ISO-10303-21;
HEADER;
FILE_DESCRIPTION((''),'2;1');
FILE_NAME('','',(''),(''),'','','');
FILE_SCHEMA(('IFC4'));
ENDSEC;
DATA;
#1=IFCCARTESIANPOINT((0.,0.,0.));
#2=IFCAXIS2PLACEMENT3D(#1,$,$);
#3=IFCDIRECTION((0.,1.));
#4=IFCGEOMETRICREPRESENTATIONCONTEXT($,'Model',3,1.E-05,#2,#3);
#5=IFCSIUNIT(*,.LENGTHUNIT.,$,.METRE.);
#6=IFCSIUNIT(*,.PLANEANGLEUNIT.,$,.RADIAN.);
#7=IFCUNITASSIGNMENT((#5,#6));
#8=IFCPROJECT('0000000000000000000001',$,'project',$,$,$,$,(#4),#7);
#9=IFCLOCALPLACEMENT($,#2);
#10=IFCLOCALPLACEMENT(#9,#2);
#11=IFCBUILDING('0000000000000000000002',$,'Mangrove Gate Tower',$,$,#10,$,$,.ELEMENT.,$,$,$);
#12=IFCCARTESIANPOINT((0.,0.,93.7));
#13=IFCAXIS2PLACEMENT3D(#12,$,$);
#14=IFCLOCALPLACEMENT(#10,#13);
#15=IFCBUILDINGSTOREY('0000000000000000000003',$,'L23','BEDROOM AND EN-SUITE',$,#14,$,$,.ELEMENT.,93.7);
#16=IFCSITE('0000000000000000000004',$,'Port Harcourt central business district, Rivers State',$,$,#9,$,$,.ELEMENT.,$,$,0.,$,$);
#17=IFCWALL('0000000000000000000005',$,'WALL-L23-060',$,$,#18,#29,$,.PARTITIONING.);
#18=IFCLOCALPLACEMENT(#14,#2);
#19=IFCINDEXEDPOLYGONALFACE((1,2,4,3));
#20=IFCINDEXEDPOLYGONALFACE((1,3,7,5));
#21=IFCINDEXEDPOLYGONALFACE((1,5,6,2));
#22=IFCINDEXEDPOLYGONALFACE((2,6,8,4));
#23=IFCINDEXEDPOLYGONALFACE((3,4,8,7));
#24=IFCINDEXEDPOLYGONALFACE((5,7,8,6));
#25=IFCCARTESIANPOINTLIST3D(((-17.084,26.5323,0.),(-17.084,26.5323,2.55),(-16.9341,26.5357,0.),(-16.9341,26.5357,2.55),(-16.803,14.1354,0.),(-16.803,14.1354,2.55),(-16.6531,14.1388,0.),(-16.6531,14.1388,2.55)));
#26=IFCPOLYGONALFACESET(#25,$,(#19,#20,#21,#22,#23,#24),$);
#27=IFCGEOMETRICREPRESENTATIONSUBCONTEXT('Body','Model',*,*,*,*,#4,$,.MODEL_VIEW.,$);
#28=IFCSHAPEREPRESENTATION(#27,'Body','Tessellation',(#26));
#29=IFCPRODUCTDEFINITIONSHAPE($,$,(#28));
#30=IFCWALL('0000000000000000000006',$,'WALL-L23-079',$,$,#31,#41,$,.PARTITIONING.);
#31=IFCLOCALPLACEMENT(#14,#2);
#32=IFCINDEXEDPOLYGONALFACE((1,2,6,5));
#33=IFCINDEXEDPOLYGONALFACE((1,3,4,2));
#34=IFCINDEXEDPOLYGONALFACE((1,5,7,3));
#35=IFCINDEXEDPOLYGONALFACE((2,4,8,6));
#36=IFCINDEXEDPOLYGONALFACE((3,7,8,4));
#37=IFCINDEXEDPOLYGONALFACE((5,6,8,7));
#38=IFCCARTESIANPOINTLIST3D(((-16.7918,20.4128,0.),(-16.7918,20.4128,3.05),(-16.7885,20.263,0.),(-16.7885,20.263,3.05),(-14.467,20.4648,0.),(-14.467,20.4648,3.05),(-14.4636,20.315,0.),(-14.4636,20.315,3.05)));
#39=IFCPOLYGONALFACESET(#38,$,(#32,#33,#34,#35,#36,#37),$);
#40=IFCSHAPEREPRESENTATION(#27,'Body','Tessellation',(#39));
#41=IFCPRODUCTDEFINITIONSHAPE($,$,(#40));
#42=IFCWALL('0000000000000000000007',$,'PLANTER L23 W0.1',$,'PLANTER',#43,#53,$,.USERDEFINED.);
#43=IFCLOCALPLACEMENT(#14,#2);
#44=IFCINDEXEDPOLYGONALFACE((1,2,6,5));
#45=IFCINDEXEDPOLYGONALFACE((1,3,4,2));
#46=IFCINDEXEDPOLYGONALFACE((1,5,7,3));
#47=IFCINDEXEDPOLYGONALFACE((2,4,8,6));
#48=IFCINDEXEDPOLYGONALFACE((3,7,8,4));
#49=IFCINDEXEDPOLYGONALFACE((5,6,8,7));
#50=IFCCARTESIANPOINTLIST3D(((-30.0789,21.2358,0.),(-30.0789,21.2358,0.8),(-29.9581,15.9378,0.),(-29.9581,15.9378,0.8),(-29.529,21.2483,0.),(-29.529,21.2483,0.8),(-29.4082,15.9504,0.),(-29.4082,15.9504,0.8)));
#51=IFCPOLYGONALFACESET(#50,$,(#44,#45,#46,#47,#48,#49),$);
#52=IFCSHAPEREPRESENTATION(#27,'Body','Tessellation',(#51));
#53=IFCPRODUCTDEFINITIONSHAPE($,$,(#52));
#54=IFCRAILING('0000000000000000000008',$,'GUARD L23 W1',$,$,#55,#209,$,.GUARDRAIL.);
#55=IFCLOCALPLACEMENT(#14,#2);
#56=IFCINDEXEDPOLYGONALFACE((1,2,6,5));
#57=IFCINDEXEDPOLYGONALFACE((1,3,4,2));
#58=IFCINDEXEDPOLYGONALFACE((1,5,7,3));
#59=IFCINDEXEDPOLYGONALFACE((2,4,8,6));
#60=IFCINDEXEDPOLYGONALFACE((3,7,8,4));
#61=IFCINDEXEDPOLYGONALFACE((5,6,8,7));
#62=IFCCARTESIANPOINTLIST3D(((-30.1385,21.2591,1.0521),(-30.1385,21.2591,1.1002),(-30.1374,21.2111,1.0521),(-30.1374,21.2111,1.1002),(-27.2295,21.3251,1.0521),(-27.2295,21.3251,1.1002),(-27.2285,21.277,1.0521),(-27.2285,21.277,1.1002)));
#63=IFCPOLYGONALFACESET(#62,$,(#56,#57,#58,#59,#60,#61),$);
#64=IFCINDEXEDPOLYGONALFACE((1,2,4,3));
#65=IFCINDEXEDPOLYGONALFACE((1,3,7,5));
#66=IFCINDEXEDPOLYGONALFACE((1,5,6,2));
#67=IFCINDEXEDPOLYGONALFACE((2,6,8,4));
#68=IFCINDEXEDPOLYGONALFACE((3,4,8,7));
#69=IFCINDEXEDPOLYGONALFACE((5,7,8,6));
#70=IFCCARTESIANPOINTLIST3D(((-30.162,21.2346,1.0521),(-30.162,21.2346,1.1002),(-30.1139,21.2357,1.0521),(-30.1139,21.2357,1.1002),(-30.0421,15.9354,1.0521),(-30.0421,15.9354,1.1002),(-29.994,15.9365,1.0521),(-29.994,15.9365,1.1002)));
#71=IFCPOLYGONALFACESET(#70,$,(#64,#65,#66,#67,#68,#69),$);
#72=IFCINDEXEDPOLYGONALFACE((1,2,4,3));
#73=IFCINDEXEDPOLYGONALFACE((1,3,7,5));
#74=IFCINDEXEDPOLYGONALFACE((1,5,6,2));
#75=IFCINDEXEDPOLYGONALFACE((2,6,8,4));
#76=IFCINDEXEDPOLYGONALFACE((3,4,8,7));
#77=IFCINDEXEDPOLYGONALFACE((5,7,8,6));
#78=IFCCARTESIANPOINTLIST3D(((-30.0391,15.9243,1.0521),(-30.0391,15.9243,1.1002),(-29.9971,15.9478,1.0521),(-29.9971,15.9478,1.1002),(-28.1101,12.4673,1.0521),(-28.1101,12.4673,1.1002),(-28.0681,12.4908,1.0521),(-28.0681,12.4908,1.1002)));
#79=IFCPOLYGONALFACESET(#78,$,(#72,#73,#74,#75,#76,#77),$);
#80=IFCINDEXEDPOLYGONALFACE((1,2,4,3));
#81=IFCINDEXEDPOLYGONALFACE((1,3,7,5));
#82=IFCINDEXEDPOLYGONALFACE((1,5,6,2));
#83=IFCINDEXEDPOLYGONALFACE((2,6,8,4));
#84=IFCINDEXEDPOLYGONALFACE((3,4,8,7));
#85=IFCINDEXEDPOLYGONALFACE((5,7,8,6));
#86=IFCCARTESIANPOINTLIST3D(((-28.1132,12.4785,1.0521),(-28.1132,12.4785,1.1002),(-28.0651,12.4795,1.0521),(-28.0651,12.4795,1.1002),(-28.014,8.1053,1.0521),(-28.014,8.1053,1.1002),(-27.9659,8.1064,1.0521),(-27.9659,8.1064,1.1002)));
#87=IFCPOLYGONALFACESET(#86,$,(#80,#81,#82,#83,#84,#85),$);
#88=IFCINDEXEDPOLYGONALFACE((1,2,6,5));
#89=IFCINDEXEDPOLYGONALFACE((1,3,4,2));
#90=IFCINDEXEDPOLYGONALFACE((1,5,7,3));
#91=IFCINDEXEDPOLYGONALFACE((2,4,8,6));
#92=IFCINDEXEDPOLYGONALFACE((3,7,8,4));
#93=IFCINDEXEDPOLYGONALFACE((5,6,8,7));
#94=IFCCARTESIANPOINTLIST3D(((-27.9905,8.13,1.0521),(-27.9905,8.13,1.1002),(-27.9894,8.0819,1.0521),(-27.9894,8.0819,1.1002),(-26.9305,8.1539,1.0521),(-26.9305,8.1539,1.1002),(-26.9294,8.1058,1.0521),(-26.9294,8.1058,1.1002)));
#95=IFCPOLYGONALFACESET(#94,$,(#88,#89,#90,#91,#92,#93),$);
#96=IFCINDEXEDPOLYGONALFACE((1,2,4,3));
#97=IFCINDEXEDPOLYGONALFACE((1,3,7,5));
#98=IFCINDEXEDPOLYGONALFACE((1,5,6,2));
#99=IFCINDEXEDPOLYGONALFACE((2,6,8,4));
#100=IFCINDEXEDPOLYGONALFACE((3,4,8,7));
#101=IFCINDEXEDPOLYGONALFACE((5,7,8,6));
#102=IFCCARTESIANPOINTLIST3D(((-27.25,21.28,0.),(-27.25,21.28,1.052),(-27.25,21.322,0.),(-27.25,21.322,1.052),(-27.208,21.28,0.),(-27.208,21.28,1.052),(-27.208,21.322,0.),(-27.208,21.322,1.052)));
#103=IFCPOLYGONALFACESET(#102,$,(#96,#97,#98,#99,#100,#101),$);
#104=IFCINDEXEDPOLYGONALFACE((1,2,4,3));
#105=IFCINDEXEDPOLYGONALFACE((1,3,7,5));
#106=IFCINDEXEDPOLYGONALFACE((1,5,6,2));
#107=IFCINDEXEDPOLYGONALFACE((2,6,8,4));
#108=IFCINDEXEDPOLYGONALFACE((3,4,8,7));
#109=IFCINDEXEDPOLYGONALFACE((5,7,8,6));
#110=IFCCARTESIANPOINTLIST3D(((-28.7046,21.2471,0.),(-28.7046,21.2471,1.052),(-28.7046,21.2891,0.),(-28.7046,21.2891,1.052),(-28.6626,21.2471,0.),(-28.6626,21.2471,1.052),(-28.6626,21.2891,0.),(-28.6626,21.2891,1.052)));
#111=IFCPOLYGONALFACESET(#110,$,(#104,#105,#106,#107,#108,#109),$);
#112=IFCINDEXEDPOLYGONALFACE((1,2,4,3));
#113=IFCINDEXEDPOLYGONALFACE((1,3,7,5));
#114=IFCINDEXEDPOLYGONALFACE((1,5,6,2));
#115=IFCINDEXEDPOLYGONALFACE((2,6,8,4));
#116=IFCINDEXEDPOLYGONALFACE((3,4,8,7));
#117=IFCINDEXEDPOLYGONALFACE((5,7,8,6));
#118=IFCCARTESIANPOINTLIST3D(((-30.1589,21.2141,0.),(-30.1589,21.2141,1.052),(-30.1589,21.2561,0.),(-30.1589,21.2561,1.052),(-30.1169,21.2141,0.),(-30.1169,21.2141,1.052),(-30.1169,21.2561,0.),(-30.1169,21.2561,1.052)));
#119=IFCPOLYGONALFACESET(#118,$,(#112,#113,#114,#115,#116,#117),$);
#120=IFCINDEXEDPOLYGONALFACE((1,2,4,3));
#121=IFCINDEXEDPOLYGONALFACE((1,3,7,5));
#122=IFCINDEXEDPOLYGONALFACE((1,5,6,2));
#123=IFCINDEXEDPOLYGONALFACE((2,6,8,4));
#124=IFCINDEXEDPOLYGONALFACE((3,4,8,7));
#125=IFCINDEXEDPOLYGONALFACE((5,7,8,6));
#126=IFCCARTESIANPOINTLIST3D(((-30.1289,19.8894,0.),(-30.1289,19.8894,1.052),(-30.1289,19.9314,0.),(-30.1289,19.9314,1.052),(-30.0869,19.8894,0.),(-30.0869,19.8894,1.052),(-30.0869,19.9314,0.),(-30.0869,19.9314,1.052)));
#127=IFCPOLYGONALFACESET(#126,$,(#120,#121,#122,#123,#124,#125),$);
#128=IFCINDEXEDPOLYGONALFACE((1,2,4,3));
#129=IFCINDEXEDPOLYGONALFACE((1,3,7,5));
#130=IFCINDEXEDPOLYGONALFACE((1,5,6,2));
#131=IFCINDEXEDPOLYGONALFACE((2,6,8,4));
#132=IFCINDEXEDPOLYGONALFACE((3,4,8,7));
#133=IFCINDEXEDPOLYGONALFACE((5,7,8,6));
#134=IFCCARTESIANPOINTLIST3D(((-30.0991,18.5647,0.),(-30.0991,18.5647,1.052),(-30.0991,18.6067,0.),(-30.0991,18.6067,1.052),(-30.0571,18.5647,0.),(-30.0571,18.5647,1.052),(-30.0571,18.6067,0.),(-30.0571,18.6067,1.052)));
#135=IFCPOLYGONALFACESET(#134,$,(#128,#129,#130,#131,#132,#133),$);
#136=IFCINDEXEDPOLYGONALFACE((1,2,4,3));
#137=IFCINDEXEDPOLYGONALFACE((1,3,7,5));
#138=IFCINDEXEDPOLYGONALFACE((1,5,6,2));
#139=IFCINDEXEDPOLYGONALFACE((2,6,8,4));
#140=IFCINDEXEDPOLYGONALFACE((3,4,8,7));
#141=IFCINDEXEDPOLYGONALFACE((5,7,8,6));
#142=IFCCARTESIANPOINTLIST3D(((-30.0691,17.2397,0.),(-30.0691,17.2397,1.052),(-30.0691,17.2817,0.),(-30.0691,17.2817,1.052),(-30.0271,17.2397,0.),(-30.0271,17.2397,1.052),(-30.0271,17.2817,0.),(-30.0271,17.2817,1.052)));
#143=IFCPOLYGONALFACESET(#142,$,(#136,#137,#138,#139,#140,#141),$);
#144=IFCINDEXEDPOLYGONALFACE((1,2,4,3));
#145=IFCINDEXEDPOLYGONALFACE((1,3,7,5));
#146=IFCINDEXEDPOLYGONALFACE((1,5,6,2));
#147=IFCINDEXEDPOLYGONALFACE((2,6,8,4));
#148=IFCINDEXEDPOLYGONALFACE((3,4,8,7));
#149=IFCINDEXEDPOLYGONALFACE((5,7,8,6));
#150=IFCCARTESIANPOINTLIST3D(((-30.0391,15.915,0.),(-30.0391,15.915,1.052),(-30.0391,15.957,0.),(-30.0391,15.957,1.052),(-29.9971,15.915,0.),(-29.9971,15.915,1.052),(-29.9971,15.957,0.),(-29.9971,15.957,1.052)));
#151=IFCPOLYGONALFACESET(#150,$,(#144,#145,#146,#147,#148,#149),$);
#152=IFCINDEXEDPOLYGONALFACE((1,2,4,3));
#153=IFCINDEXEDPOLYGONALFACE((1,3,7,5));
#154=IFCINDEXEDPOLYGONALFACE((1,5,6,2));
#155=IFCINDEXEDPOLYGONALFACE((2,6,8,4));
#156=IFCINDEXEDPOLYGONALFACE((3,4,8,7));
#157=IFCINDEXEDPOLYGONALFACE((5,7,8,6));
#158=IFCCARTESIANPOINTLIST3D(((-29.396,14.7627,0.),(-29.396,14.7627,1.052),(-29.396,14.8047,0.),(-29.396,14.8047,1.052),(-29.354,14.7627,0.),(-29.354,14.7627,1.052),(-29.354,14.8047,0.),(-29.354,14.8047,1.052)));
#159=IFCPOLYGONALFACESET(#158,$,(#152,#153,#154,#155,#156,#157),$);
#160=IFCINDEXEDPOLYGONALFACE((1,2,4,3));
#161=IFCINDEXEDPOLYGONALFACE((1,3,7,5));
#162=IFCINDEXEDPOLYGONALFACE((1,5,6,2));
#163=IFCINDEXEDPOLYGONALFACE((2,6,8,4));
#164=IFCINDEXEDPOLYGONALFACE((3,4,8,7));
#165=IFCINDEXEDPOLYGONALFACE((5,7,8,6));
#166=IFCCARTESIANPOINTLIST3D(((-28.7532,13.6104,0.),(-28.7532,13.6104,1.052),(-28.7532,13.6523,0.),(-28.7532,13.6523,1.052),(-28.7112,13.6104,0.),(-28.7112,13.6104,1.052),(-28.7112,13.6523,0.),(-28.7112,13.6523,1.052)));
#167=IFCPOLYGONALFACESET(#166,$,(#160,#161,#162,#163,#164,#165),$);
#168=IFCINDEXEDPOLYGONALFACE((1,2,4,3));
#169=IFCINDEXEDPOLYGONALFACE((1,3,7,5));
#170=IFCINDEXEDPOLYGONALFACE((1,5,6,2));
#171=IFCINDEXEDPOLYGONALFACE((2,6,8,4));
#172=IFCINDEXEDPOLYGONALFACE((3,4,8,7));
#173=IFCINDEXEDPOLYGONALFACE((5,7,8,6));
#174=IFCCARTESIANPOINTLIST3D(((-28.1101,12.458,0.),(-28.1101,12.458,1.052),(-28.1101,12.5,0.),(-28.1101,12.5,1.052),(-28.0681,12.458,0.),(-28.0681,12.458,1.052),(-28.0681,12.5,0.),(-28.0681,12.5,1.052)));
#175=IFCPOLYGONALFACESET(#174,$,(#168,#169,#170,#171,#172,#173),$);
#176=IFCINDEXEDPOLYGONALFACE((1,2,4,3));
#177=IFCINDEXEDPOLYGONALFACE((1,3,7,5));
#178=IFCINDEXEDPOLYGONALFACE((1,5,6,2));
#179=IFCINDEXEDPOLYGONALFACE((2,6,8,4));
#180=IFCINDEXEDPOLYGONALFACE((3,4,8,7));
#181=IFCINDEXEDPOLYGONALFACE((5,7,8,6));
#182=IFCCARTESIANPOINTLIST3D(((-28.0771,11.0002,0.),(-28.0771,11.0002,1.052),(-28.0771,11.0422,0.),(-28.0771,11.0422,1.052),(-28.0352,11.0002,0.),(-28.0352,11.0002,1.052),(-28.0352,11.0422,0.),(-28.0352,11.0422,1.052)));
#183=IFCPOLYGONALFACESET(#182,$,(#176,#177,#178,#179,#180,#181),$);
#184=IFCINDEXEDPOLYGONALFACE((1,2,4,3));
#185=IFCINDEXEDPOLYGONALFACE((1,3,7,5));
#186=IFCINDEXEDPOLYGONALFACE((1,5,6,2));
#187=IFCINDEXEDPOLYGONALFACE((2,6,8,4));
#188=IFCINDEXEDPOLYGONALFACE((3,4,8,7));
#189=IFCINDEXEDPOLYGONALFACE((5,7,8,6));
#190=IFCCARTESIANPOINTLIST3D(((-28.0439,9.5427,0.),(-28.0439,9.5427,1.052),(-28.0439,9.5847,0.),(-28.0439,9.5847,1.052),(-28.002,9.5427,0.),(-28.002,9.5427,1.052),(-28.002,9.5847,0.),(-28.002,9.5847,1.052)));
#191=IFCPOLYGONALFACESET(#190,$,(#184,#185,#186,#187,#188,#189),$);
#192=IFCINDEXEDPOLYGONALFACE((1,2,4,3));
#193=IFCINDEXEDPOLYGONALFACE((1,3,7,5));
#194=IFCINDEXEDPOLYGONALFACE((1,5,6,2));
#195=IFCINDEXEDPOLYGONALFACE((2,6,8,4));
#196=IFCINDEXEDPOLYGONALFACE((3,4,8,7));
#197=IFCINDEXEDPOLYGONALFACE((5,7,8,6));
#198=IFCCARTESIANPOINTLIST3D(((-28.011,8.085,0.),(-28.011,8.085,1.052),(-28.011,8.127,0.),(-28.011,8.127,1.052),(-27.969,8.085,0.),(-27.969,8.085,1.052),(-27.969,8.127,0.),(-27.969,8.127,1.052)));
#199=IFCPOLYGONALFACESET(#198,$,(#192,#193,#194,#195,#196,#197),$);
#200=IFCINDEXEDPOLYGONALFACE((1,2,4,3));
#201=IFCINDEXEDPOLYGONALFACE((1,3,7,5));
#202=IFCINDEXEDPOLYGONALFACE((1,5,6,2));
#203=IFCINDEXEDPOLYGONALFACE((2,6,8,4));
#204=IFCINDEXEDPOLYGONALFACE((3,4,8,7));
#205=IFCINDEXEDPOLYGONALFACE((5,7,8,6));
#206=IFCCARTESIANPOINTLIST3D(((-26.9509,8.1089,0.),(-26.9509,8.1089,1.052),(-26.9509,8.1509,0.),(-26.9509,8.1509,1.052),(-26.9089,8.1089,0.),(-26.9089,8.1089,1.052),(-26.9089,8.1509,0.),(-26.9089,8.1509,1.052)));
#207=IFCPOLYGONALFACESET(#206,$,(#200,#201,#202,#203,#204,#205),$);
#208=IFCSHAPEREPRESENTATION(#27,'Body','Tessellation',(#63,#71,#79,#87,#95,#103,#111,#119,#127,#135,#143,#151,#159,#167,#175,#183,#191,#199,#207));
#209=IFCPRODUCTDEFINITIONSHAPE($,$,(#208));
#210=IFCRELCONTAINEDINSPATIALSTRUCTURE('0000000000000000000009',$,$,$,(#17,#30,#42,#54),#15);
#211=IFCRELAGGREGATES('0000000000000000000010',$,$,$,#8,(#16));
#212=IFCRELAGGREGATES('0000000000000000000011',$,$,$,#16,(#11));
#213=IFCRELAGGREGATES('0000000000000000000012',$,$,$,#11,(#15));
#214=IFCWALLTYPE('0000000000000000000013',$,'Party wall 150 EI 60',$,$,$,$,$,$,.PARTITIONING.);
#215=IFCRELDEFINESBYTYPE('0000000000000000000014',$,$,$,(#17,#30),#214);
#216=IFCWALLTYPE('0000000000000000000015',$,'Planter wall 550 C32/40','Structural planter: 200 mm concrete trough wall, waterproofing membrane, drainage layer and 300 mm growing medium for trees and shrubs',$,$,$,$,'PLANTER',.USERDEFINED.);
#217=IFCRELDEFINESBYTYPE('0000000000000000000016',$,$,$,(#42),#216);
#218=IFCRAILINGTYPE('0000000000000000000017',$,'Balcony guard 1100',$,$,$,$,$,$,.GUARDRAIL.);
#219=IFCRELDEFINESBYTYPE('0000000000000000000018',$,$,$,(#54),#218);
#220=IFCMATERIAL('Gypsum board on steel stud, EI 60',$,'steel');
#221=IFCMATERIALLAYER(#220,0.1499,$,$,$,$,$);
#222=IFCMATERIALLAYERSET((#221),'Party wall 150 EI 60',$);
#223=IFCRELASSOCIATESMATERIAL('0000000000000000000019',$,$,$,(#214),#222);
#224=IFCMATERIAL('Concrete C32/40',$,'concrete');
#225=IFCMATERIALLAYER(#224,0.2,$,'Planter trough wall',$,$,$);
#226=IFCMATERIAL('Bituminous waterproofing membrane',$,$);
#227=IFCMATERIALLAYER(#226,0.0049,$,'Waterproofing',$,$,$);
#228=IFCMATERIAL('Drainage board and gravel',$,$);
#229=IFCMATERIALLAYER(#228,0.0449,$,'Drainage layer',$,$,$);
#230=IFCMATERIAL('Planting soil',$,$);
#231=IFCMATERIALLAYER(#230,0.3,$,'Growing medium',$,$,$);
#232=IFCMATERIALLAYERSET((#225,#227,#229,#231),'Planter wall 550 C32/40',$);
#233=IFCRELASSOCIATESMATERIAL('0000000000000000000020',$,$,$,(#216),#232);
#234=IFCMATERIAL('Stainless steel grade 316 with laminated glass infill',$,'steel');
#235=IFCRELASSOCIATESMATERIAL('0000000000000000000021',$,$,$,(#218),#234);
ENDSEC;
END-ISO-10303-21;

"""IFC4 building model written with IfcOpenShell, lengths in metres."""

from ifc_helpers import new_model, si_unit, direction, frame, frame_2d, origin, origin_2d, place, context, subcontext, project, spatial, rectangle, extrude, material, layer, layer_set, type_object, element, save


model = new_model("IFC4")

# Units and contexts
model_context = context("Model", 3, precision=1e-05, world=origin(), true_north=direction((0.0, 1.0)))
body_context = subcontext(model_context, "Body", "Model", "MODEL_VIEW")
ifc_project = project(units=[si_unit("LENGTHUNIT", "METRE"), si_unit("PLANEANGLEUNIT", "RADIAN")], contexts=[model_context])

# Site, building, storey
site_placement = place(None, origin())
site = spatial("IfcSite", under=ifc_project, at=site_placement, Name="Port Harcourt central business district, Rivers State", CompositionType="ELEMENT", RefElevation=0.0)
building_placement = place(site_placement, origin())
building = spatial("IfcBuilding", under=site, at=building_placement, Name="Mangrove Gate Tower", CompositionType="ELEMENT")
storey_placement = place(building_placement, frame((0.0, 0.0, 93.7)))
storey = spatial("IfcBuildingStorey", under=building, at=storey_placement, Name="L23", Description="BEDROOM AND EN-SUITE", CompositionType="ELEMENT", Elevation=93.7)

# Walls
ifc_material_1 = material(Name="Gypsum board on steel stud, EI 60", Category="steel")
ifc_layer_1 = layer(ifc_material_1, 0.1499)
ifc_layer_set_1 = layer_set([ifc_layer_1], Name="Party wall 150 EI 60")
wall_type_1 = type_object("IfcWallType", Name="Party wall 150 EI 60", PredefinedType="PARTITIONING", material=ifc_layer_set_1)
wall_1_placement = place(storey_placement, frame((-16.728, 14.137, 0.0), z_axis=(0.0, 0.0, 1.0), x_axis=(-0.022661, 0.999743, 0.0)))
element("IfcWall", 1, at=wall_1_placement, inside=storey, type_object=wall_type_1, Name="WALL-L23-060", PredefinedType="PARTITIONING", context=body_context, shape_type="SweptSolid", body=[
    extrude(rectangle(XDim=12.4001, YDim=0.1499, at=frame_2d((6.2002, 0.0))), origin(), (0.0, 0.0, 1.0), 2.55),
])
wall_2_placement = place(storey_placement, frame((-16.79, 20.3379, 0.0), z_axis=(0.0, 0.0, 1.0), x_axis=(0.99975, 0.022361, 0.0)))
element("IfcWall", 2, at=wall_2_placement, inside=storey, type_object=wall_type_1, Name="WALL-L23-079", PredefinedType="PARTITIONING", context=body_context, shape_type="SweptSolid", body=[
    extrude(rectangle(XDim=2.3254, YDim=0.1499, at=frame_2d((1.1626, 0.0))), origin(), (0.0, 0.0, 1.0), 3.05),
])
ifc_material_2 = material(Name="Concrete C32/40", Category="concrete")
ifc_layer_2 = layer(ifc_material_2, 0.2, Name="Planter trough wall")
ifc_material_3 = material(Name="Bituminous waterproofing membrane")
ifc_layer_3 = layer(ifc_material_3, 0.0049, Name="Waterproofing")
ifc_material_4 = material(Name="Drainage board and gravel")
ifc_layer_4 = layer(ifc_material_4, 0.0449, Name="Drainage layer")
ifc_material_5 = material(Name="Planting soil")
ifc_layer_5 = layer(ifc_material_5, 0.3, Name="Growing medium")
ifc_layer_set_2 = layer_set([ifc_layer_2, ifc_layer_3, ifc_layer_4, ifc_layer_5], Name="Planter wall 550 C32/40")
wall_type_2 = type_object("IfcWallType", Name="Planter wall 550 C32/40", Description="Structural planter: 200 mm concrete trough wall, waterproofing membrane, drainage layer and 300 mm growing medium for trees and shrubs", ElementType="PLANTER", PredefinedType="USERDEFINED", material=ifc_layer_set_2)
wall_3_placement = place(storey_placement, frame((-29.6831, 15.9441, 0.0), z_axis=(0.0, 0.0, 1.0), x_axis=(-0.022805, 0.99974, 0.0)))
element("IfcWall", 3, at=wall_3_placement, inside=storey, type_object=wall_type_2, Name="PLANTER L23 W0.1", ObjectType="PLANTER", PredefinedType="USERDEFINED", context=body_context, shape_type="SweptSolid", body=[
    extrude(rectangle(XDim=5.2993, YDim=0.55, at=frame_2d((2.6497, 0.0))), origin(), (0.0, 0.0, 1.0), 0.8),
])

# Railing
ifc_material_6 = material(Name="Stainless steel grade 316 with laminated glass infill", Category="steel")
railing_type = type_object("IfcRailingType", Name="Balcony guard 1100", PredefinedType="GUARDRAIL", material=ifc_material_6)
railing_placement = place(storey_placement, frame((-27.229, 21.301, 0.0)))
element("IfcRailing", 4, at=railing_placement, inside=storey, type_object=railing_type, Name="GUARD L23 W1", PredefinedType="GUARDRAIL", context=body_context, shape_type="SweptSolid", body=[
    extrude(rectangle(XDim=0.0481, YDim=0.0481, at=origin_2d()), frame((0.0, 0.0, 1.0762), z_axis=(-0.999743, -0.022655, 0.0), x_axis=(0.022655, -0.999743, 0.0)), (0.0, 0.0, 1.0), 2.9097),
    extrude(rectangle(XDim=0.0481, YDim=0.0481, at=origin_2d()), frame((-2.9089, -0.0659, 1.0762), z_axis=(0.022616, -0.999744, 0.0), x_axis=(0.999744, 0.022616, 0.0)), (0.0, 0.0, 1.0), 5.3005),
    extrude(rectangle(XDim=0.0481, YDim=0.0481, at=origin_2d()), frame((-2.7891, -5.365, 1.0762), z_axis=(0.48726, -0.873257, 0.0), x_axis=(0.873257, 0.48726, 0.0)), (0.0, 0.0, 1.0), 3.9587),
    extrude(rectangle(XDim=0.0481, YDim=0.0481, at=origin_2d()), frame((-0.8601, -8.822, 1.0762), z_axis=(0.022661, -0.999743, 0.0), x_axis=(0.999743, 0.022661, 0.0)), (0.0, 0.0, 1.0), 4.3743),
    extrude(rectangle(XDim=0.0481, YDim=0.0481, at=origin_2d()), frame((-0.761, -13.1951, 1.0762), z_axis=(0.999745, 0.022564, 0.0), x_axis=(-0.022564, 0.999745, 0.0)), (0.0, 0.0, 1.0), 1.0603),
    extrude(rectangle(XDim=0.042, YDim=0.042, at=origin_2d()), origin(), (0.0, 0.0, 1.0), 1.052),
    extrude(rectangle(XDim=0.042, YDim=0.042, at=origin_2d()), frame((-1.4546, -0.033, 0.0)), (0.0, 0.0, 1.0), 1.052),
    extrude(rectangle(XDim=0.042, YDim=0.042, at=origin_2d()), frame((-2.9089, -0.0659, 0.0)), (0.0, 0.0, 1.0), 1.052),
    extrude(rectangle(XDim=0.042, YDim=0.042, at=origin_2d()), frame((-2.8789, -1.3906, 0.0)), (0.0, 0.0, 1.0), 1.052),
    extrude(rectangle(XDim=0.042, YDim=0.042, at=origin_2d()), frame((-2.8491, -2.7153, 0.0)), (0.0, 0.0, 1.0), 1.052),
    extrude(rectangle(XDim=0.042, YDim=0.042, at=origin_2d()), frame((-2.8191, -4.0403, 0.0)), (0.0, 0.0, 1.0), 1.052),
    extrude(rectangle(XDim=0.042, YDim=0.042, at=origin_2d()), frame((-2.7891, -5.365, 0.0)), (0.0, 0.0, 1.0), 1.052),
    extrude(rectangle(XDim=0.042, YDim=0.042, at=origin_2d()), frame((-2.146, -6.5173, 0.0)), (0.0, 0.0, 1.0), 1.052),
    extrude(rectangle(XDim=0.042, YDim=0.042, at=origin_2d()), frame((-1.5032, -7.6697, 0.0)), (0.0, 0.0, 1.0), 1.052),
    extrude(rectangle(XDim=0.042, YDim=0.042, at=origin_2d()), frame((-0.8601, -8.822, 0.0)), (0.0, 0.0, 1.0), 1.052),
    extrude(rectangle(XDim=0.042, YDim=0.042, at=origin_2d()), frame((-0.8271, -10.2798, 0.0)), (0.0, 0.0, 1.0), 1.052),
    extrude(rectangle(XDim=0.042, YDim=0.042, at=origin_2d()), frame((-0.7939, -11.7373, 0.0)), (0.0, 0.0, 1.0), 1.052),
    extrude(rectangle(XDim=0.042, YDim=0.042, at=origin_2d()), frame((-0.761, -13.1951, 0.0)), (0.0, 0.0, 1.0), 1.052),
    extrude(rectangle(XDim=0.042, YDim=0.042, at=origin_2d()), frame((0.2991, -13.1711, 0.0)), (0.0, 0.0, 1.0), 1.052),
])

save(model, "model.ifc")
